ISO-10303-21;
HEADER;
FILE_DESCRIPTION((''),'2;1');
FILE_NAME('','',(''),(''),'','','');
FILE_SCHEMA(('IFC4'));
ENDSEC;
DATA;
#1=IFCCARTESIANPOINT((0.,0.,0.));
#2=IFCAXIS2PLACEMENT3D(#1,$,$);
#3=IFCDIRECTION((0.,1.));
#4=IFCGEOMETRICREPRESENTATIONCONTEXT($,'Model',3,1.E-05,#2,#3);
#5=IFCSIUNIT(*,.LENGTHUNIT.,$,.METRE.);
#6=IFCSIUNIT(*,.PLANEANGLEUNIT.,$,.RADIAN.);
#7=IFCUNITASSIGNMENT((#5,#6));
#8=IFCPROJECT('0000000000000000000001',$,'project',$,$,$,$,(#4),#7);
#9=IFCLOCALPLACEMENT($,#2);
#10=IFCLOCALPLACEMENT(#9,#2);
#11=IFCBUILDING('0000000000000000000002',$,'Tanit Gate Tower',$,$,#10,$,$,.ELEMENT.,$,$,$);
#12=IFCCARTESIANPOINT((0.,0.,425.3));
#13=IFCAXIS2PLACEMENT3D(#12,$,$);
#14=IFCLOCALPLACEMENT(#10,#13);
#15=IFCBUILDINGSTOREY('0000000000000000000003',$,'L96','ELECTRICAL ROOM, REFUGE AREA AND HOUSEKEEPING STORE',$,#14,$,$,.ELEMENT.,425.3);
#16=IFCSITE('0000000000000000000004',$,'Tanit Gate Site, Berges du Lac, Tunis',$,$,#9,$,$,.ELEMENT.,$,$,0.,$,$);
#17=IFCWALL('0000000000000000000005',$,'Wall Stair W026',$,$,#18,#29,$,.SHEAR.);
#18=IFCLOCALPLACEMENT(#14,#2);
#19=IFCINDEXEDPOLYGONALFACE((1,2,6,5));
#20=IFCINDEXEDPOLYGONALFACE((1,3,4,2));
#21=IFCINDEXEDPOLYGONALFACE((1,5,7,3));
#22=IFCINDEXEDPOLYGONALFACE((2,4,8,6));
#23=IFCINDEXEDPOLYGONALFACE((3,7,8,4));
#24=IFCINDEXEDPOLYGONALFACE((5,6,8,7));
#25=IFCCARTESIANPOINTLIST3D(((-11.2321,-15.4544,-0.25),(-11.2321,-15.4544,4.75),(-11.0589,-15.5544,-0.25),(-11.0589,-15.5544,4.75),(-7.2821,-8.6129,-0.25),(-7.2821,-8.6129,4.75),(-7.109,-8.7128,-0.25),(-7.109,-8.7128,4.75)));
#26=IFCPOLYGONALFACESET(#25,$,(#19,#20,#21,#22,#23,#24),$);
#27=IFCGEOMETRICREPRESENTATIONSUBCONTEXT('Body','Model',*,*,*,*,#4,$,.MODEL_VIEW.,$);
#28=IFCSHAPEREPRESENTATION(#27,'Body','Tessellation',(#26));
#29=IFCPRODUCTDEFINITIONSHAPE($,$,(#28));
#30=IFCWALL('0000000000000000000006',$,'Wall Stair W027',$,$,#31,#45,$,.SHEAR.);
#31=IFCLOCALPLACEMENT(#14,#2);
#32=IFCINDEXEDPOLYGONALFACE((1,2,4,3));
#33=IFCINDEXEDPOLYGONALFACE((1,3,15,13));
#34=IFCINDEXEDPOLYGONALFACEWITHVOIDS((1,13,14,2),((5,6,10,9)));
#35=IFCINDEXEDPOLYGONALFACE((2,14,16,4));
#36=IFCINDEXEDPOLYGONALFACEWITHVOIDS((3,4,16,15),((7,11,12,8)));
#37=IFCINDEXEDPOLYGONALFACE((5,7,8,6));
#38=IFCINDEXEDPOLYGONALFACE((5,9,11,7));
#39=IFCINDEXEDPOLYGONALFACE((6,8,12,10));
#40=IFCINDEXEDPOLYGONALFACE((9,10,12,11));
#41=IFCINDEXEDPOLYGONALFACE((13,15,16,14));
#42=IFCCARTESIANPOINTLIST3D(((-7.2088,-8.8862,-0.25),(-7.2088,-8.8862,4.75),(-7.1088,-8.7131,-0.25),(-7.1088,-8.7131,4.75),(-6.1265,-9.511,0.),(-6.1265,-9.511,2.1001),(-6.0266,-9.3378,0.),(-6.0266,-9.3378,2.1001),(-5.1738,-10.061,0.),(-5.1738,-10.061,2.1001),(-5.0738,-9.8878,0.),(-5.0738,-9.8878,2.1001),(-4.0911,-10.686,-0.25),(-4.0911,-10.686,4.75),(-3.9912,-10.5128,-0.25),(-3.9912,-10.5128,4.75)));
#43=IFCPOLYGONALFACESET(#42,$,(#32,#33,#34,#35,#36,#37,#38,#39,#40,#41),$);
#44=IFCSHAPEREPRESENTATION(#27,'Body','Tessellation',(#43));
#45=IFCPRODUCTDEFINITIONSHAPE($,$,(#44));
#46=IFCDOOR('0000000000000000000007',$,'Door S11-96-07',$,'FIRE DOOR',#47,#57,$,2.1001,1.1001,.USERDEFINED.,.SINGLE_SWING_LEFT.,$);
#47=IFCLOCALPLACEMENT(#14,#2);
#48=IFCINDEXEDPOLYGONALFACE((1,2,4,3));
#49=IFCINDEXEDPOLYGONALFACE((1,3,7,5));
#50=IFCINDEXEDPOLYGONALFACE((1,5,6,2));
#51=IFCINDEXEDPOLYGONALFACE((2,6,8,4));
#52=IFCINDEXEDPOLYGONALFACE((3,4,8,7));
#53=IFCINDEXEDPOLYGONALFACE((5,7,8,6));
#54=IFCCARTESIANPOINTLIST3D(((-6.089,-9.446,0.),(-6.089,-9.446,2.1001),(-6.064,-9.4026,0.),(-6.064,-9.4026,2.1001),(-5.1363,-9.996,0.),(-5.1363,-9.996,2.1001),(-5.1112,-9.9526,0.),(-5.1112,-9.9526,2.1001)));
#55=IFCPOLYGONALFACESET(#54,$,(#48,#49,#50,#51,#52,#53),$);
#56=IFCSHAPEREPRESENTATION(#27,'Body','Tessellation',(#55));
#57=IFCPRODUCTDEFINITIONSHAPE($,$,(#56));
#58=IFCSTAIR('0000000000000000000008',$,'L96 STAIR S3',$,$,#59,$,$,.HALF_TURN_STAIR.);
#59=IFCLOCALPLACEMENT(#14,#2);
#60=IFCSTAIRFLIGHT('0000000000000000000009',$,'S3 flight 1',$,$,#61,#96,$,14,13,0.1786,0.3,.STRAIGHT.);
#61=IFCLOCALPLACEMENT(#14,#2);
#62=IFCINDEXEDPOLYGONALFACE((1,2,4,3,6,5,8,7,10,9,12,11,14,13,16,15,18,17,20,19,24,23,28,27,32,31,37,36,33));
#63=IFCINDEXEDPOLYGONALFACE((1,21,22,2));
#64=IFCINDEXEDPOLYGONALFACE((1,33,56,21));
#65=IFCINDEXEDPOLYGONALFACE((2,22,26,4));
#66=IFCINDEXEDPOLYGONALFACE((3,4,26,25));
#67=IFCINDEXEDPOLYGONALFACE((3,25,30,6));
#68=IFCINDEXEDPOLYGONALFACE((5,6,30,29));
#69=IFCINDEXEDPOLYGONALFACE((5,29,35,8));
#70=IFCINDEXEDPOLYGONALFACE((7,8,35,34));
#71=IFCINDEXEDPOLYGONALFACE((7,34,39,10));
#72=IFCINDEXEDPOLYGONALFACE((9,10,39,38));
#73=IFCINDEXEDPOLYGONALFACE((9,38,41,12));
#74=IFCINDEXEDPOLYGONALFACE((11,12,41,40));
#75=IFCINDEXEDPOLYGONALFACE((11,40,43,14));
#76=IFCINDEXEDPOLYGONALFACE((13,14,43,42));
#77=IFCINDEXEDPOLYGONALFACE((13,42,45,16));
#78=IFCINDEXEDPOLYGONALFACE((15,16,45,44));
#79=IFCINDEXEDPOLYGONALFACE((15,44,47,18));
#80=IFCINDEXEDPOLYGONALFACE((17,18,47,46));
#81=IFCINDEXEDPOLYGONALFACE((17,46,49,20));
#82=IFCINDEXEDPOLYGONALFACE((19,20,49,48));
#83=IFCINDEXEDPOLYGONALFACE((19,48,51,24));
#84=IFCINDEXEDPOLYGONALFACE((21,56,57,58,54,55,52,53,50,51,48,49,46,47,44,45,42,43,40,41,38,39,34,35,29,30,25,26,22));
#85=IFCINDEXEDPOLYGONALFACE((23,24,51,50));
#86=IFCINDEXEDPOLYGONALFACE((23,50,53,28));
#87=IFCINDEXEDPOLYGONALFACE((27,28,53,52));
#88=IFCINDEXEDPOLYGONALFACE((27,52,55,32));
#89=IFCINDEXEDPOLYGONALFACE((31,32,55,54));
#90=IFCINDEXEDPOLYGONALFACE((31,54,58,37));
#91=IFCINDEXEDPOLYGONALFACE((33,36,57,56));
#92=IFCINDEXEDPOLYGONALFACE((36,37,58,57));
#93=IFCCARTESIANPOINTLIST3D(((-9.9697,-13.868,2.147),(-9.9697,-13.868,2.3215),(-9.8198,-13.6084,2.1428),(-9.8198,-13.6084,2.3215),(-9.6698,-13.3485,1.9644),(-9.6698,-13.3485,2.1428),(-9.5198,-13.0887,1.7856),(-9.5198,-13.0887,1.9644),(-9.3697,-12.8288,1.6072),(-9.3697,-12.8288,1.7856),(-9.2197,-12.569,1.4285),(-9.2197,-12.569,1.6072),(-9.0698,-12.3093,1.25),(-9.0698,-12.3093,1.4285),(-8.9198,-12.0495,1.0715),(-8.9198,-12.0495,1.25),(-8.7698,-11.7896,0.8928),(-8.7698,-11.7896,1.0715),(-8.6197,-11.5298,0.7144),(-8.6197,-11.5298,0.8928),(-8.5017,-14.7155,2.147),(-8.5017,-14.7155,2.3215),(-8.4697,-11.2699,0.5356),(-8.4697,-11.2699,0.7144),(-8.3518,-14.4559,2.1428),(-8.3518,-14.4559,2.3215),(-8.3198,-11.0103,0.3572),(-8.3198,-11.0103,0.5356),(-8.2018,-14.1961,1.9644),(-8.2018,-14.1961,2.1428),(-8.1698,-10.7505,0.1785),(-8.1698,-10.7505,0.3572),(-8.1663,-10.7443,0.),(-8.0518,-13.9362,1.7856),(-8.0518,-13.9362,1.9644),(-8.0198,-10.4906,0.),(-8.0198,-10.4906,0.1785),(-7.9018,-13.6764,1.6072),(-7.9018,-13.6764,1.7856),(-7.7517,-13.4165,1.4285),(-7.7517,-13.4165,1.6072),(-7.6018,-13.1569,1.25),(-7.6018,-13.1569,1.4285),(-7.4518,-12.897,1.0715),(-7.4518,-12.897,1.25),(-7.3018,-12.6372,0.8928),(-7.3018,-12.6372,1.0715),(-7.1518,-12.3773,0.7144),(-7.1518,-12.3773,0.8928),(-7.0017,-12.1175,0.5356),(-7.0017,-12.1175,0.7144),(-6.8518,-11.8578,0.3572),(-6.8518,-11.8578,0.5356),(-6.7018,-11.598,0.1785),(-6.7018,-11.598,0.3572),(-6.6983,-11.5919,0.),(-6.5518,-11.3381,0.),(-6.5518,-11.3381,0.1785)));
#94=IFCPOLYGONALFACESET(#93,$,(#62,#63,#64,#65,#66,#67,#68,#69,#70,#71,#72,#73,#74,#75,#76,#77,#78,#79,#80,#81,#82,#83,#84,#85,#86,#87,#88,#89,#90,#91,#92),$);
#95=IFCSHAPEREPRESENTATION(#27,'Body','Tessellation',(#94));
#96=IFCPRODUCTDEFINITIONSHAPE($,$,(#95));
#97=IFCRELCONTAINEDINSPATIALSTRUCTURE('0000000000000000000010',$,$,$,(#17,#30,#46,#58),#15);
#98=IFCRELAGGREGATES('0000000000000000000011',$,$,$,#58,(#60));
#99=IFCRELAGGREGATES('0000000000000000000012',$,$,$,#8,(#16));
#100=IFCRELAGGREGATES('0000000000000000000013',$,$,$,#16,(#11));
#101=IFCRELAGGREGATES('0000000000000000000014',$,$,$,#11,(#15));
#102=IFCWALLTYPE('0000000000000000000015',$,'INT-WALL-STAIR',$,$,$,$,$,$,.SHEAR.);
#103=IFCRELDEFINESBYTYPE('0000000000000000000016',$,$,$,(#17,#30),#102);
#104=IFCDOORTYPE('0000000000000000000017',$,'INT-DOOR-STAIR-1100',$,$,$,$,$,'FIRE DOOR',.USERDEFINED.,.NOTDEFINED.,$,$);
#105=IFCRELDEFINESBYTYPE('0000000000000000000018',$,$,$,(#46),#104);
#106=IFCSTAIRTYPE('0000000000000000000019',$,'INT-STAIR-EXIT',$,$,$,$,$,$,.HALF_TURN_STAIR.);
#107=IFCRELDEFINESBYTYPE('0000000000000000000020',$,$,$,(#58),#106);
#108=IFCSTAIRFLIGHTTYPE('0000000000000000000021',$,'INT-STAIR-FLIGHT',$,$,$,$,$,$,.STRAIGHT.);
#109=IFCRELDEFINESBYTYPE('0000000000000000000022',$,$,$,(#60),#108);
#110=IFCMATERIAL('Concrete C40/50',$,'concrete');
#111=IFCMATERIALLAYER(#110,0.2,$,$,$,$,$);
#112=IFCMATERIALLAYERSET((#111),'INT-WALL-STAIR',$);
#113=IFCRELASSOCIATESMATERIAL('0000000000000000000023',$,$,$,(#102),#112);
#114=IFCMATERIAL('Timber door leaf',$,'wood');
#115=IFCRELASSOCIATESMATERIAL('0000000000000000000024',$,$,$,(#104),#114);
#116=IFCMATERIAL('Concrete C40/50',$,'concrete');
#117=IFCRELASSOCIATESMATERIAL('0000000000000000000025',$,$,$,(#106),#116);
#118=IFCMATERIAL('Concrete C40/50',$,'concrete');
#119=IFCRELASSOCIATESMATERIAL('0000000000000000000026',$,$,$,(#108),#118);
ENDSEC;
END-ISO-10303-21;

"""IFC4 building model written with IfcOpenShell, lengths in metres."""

from ifc_helpers import new_model, si_unit, direction, frame, frame_2d, origin, place, context, subcontext, project, spatial, polyline, rectangle, outline, extrude, material, layer, layer_set, type_object, element, fill, aggregate, save


model = new_model("IFC4")

# Units and contexts
model_context = context("Model", 3, precision=1e-05, world=origin(), true_north=direction((0.0, 1.0)))
body_context = subcontext(model_context, "Body", "Model", "MODEL_VIEW")
ifc_project = project(units=[si_unit("LENGTHUNIT", "METRE"), si_unit("PLANEANGLEUNIT", "RADIAN")], contexts=[model_context])

# Site, building, storey
site_placement = place(None, origin())
site = spatial("IfcSite", under=ifc_project, at=site_placement, Name="Tanit Gate Site, Berges du Lac, Tunis", CompositionType="ELEMENT", RefElevation=0.0)
building_placement = place(site_placement, origin())
building = spatial("IfcBuilding", under=site, at=building_placement, Name="Tanit Gate Tower", CompositionType="ELEMENT")
storey_placement = place(building_placement, frame((0.0, 0.0, 425.3)))
storey = spatial("IfcBuildingStorey", under=building, at=storey_placement, Name="L96", Description="ELECTRICAL ROOM, REFUGE AREA AND HOUSEKEEPING STORE", CompositionType="ELEMENT", Elevation=425.3)

# Wall
ifc_material_1 = material(Name="Concrete C40/50", Category="concrete")
ifc_layer_1 = layer(ifc_material_1, 0.2)
ifc_layer_set_1 = layer_set([ifc_layer_1], Name="INT-WALL-STAIR")
wall_type_1 = type_object("IfcWallType", Name="INT-WALL-STAIR", PredefinedType="SHEAR", material=ifc_layer_set_1)
wall_1_placement = place(storey_placement, frame((-7.1956, -8.6628, -0.25), z_axis=(0.0, 0.0, 1.0), x_axis=(-0.499998, -0.866027, 0.0)))
element("IfcWall", 1, at=wall_1_placement, inside=storey, type_object=wall_type_1, Name="Wall Stair W026", PredefinedType="SHEAR", context=body_context, shape_type="SweptSolid", body=[
    extrude(rectangle(XDim=7.8999, YDim=0.2, at=frame_2d((3.95, 0.0))), origin(), (0.0, 0.0, 1.0), 5.0),
])

# Wall, opening, door
wall_2_placement = place(storey_placement, frame((-4.0413, -10.5994, -0.25), z_axis=(0.0, 0.0, 1.0), x_axis=(-0.866048, 0.499961, 0.0)))
wall_2 = element("IfcWall", 2, at=wall_2_placement, inside=storey, type_object=wall_type_1, Name="Wall Stair W027", PredefinedType="SHEAR", context=body_context, shape_type="SweptSolid", body=[
    extrude(rectangle(XDim=3.5999, YDim=0.2, at=frame_2d((1.7998, 0.0))), origin(), (0.0, 0.0, 1.0), 5.0),
])
opening_1_placement = place(wall_2_placement, frame((1.25, 0.0, 0.25)))
opening_1 = element("IfcOpeningElement", 3, at=opening_1_placement, cuts=wall_2, PredefinedType="OPENING", context=body_context, shape_type="SweptSolid", body=[
    extrude(rectangle(XDim=1.1001, YDim=2.1001, at=frame_2d((0.55, 1.05))), frame((0.0, 0.1099, 0.0), z_axis=(0.0, -1.0, 0.0), x_axis=(1.0, 0.0, 0.0)), (0.0, 0.0, 1.0), 0.22),
])
ifc_material_2 = material(Name="Timber door leaf", Category="wood")
door_type_1 = type_object("IfcDoorType", Name="INT-DOOR-STAIR-1100", ElementType="FIRE DOOR", OperationType="NOTDEFINED", PredefinedType="USERDEFINED", material=ifc_material_2)
door_1_placement = place(opening_1_placement, origin())
door_1 = element("IfcDoor", 4, at=door_1_placement, inside=storey, type_object=door_type_1, Name="Door S11-96-07", ObjectType="FIRE DOOR", OperationType="SINGLE_SWING_LEFT", OverallHeight=2.1001, OverallWidth=1.1001, PredefinedType="USERDEFINED", context=body_context, shape_type="SweptSolid", body=[
    extrude(rectangle(XDim=1.1001, YDim=2.1001, at=frame_2d((0.55, 1.05))), frame((0.0, 0.0249, 0.0), z_axis=(0.0, -1.0, 0.0), x_axis=(1.0, 0.0, 0.0)), (0.0, 0.0, 1.0), 0.05),
])
fill(opening_1, door_1)

# Stair, stair flight
ifc_material_3 = material(Name="Concrete C40/50", Category="concrete")
stair_type = type_object("IfcStairType", Name="INT-STAIR-EXIT", PredefinedType="HALF_TURN_STAIR", material=ifc_material_3)
stair_placement = place(storey_placement, origin())
stair = element("IfcStair", 5, at=stair_placement, inside=storey, type_object=stair_type, Name="L96 STAIR S3", PredefinedType="HALF_TURN_STAIR")
ifc_material_4 = material(Name="Concrete C40/50", Category="concrete")
stair_flight_type = type_object("IfcStairFlightType", Name="INT-STAIR-FLIGHT", PredefinedType="STRAIGHT", material=ifc_material_4)
stair_flight_placement = place(storey_placement, frame((-7.2859, -10.9143, 0.0), z_axis=(0.0, 0.0, 1.0), x_axis=(-0.5, -0.866025, 0.0)))
stair_flight = element("IfcStairFlight", 6, at=stair_flight_placement, type_object=stair_flight_type, Name="S3 flight 1", NumberOfRisers=14, NumberOfTreads=13, PredefinedType="STRAIGHT", RiserHeight=0.1786, TreadLength=0.3, context=body_context, shape_type="SweptSolid", body=[
    extrude(outline(polyline([(0.0, 0.0), (0.0, 0.1785), (0.3, 0.1785), (0.3, 0.3572), (0.6001, 0.3572), (0.6001, 0.5356), (0.8999, 0.5356), (0.8999, 0.7144), (1.2, 0.7144), (1.2, 0.8928), (1.5, 0.8928), (1.5, 1.0715), (1.8, 1.0715), (1.8, 1.25), (2.1001, 1.25), (2.1001, 1.4285), (2.3999, 1.4285), (2.3999, 1.6072), (2.7, 1.6072), (2.7, 1.7856), (3.0, 1.7856), (3.0, 1.9644), (3.3, 1.9644), (3.3, 2.1428), (3.6001, 2.1428), (3.6001, 2.3215), (3.8999, 2.3215), (3.8999, 2.5), (3.8999, 2.147), (0.293, 0.0), (0.0, 0.0)])), frame((0.0, 0.8477, 0.0), z_axis=(0.0, -1.0, 0.0), x_axis=(1.0, 0.0, 0.0)), (0.0, 0.0, 1.0), 1.6951),
])
aggregate(stair, [stair_flight])

save(model, "model.ifc")
